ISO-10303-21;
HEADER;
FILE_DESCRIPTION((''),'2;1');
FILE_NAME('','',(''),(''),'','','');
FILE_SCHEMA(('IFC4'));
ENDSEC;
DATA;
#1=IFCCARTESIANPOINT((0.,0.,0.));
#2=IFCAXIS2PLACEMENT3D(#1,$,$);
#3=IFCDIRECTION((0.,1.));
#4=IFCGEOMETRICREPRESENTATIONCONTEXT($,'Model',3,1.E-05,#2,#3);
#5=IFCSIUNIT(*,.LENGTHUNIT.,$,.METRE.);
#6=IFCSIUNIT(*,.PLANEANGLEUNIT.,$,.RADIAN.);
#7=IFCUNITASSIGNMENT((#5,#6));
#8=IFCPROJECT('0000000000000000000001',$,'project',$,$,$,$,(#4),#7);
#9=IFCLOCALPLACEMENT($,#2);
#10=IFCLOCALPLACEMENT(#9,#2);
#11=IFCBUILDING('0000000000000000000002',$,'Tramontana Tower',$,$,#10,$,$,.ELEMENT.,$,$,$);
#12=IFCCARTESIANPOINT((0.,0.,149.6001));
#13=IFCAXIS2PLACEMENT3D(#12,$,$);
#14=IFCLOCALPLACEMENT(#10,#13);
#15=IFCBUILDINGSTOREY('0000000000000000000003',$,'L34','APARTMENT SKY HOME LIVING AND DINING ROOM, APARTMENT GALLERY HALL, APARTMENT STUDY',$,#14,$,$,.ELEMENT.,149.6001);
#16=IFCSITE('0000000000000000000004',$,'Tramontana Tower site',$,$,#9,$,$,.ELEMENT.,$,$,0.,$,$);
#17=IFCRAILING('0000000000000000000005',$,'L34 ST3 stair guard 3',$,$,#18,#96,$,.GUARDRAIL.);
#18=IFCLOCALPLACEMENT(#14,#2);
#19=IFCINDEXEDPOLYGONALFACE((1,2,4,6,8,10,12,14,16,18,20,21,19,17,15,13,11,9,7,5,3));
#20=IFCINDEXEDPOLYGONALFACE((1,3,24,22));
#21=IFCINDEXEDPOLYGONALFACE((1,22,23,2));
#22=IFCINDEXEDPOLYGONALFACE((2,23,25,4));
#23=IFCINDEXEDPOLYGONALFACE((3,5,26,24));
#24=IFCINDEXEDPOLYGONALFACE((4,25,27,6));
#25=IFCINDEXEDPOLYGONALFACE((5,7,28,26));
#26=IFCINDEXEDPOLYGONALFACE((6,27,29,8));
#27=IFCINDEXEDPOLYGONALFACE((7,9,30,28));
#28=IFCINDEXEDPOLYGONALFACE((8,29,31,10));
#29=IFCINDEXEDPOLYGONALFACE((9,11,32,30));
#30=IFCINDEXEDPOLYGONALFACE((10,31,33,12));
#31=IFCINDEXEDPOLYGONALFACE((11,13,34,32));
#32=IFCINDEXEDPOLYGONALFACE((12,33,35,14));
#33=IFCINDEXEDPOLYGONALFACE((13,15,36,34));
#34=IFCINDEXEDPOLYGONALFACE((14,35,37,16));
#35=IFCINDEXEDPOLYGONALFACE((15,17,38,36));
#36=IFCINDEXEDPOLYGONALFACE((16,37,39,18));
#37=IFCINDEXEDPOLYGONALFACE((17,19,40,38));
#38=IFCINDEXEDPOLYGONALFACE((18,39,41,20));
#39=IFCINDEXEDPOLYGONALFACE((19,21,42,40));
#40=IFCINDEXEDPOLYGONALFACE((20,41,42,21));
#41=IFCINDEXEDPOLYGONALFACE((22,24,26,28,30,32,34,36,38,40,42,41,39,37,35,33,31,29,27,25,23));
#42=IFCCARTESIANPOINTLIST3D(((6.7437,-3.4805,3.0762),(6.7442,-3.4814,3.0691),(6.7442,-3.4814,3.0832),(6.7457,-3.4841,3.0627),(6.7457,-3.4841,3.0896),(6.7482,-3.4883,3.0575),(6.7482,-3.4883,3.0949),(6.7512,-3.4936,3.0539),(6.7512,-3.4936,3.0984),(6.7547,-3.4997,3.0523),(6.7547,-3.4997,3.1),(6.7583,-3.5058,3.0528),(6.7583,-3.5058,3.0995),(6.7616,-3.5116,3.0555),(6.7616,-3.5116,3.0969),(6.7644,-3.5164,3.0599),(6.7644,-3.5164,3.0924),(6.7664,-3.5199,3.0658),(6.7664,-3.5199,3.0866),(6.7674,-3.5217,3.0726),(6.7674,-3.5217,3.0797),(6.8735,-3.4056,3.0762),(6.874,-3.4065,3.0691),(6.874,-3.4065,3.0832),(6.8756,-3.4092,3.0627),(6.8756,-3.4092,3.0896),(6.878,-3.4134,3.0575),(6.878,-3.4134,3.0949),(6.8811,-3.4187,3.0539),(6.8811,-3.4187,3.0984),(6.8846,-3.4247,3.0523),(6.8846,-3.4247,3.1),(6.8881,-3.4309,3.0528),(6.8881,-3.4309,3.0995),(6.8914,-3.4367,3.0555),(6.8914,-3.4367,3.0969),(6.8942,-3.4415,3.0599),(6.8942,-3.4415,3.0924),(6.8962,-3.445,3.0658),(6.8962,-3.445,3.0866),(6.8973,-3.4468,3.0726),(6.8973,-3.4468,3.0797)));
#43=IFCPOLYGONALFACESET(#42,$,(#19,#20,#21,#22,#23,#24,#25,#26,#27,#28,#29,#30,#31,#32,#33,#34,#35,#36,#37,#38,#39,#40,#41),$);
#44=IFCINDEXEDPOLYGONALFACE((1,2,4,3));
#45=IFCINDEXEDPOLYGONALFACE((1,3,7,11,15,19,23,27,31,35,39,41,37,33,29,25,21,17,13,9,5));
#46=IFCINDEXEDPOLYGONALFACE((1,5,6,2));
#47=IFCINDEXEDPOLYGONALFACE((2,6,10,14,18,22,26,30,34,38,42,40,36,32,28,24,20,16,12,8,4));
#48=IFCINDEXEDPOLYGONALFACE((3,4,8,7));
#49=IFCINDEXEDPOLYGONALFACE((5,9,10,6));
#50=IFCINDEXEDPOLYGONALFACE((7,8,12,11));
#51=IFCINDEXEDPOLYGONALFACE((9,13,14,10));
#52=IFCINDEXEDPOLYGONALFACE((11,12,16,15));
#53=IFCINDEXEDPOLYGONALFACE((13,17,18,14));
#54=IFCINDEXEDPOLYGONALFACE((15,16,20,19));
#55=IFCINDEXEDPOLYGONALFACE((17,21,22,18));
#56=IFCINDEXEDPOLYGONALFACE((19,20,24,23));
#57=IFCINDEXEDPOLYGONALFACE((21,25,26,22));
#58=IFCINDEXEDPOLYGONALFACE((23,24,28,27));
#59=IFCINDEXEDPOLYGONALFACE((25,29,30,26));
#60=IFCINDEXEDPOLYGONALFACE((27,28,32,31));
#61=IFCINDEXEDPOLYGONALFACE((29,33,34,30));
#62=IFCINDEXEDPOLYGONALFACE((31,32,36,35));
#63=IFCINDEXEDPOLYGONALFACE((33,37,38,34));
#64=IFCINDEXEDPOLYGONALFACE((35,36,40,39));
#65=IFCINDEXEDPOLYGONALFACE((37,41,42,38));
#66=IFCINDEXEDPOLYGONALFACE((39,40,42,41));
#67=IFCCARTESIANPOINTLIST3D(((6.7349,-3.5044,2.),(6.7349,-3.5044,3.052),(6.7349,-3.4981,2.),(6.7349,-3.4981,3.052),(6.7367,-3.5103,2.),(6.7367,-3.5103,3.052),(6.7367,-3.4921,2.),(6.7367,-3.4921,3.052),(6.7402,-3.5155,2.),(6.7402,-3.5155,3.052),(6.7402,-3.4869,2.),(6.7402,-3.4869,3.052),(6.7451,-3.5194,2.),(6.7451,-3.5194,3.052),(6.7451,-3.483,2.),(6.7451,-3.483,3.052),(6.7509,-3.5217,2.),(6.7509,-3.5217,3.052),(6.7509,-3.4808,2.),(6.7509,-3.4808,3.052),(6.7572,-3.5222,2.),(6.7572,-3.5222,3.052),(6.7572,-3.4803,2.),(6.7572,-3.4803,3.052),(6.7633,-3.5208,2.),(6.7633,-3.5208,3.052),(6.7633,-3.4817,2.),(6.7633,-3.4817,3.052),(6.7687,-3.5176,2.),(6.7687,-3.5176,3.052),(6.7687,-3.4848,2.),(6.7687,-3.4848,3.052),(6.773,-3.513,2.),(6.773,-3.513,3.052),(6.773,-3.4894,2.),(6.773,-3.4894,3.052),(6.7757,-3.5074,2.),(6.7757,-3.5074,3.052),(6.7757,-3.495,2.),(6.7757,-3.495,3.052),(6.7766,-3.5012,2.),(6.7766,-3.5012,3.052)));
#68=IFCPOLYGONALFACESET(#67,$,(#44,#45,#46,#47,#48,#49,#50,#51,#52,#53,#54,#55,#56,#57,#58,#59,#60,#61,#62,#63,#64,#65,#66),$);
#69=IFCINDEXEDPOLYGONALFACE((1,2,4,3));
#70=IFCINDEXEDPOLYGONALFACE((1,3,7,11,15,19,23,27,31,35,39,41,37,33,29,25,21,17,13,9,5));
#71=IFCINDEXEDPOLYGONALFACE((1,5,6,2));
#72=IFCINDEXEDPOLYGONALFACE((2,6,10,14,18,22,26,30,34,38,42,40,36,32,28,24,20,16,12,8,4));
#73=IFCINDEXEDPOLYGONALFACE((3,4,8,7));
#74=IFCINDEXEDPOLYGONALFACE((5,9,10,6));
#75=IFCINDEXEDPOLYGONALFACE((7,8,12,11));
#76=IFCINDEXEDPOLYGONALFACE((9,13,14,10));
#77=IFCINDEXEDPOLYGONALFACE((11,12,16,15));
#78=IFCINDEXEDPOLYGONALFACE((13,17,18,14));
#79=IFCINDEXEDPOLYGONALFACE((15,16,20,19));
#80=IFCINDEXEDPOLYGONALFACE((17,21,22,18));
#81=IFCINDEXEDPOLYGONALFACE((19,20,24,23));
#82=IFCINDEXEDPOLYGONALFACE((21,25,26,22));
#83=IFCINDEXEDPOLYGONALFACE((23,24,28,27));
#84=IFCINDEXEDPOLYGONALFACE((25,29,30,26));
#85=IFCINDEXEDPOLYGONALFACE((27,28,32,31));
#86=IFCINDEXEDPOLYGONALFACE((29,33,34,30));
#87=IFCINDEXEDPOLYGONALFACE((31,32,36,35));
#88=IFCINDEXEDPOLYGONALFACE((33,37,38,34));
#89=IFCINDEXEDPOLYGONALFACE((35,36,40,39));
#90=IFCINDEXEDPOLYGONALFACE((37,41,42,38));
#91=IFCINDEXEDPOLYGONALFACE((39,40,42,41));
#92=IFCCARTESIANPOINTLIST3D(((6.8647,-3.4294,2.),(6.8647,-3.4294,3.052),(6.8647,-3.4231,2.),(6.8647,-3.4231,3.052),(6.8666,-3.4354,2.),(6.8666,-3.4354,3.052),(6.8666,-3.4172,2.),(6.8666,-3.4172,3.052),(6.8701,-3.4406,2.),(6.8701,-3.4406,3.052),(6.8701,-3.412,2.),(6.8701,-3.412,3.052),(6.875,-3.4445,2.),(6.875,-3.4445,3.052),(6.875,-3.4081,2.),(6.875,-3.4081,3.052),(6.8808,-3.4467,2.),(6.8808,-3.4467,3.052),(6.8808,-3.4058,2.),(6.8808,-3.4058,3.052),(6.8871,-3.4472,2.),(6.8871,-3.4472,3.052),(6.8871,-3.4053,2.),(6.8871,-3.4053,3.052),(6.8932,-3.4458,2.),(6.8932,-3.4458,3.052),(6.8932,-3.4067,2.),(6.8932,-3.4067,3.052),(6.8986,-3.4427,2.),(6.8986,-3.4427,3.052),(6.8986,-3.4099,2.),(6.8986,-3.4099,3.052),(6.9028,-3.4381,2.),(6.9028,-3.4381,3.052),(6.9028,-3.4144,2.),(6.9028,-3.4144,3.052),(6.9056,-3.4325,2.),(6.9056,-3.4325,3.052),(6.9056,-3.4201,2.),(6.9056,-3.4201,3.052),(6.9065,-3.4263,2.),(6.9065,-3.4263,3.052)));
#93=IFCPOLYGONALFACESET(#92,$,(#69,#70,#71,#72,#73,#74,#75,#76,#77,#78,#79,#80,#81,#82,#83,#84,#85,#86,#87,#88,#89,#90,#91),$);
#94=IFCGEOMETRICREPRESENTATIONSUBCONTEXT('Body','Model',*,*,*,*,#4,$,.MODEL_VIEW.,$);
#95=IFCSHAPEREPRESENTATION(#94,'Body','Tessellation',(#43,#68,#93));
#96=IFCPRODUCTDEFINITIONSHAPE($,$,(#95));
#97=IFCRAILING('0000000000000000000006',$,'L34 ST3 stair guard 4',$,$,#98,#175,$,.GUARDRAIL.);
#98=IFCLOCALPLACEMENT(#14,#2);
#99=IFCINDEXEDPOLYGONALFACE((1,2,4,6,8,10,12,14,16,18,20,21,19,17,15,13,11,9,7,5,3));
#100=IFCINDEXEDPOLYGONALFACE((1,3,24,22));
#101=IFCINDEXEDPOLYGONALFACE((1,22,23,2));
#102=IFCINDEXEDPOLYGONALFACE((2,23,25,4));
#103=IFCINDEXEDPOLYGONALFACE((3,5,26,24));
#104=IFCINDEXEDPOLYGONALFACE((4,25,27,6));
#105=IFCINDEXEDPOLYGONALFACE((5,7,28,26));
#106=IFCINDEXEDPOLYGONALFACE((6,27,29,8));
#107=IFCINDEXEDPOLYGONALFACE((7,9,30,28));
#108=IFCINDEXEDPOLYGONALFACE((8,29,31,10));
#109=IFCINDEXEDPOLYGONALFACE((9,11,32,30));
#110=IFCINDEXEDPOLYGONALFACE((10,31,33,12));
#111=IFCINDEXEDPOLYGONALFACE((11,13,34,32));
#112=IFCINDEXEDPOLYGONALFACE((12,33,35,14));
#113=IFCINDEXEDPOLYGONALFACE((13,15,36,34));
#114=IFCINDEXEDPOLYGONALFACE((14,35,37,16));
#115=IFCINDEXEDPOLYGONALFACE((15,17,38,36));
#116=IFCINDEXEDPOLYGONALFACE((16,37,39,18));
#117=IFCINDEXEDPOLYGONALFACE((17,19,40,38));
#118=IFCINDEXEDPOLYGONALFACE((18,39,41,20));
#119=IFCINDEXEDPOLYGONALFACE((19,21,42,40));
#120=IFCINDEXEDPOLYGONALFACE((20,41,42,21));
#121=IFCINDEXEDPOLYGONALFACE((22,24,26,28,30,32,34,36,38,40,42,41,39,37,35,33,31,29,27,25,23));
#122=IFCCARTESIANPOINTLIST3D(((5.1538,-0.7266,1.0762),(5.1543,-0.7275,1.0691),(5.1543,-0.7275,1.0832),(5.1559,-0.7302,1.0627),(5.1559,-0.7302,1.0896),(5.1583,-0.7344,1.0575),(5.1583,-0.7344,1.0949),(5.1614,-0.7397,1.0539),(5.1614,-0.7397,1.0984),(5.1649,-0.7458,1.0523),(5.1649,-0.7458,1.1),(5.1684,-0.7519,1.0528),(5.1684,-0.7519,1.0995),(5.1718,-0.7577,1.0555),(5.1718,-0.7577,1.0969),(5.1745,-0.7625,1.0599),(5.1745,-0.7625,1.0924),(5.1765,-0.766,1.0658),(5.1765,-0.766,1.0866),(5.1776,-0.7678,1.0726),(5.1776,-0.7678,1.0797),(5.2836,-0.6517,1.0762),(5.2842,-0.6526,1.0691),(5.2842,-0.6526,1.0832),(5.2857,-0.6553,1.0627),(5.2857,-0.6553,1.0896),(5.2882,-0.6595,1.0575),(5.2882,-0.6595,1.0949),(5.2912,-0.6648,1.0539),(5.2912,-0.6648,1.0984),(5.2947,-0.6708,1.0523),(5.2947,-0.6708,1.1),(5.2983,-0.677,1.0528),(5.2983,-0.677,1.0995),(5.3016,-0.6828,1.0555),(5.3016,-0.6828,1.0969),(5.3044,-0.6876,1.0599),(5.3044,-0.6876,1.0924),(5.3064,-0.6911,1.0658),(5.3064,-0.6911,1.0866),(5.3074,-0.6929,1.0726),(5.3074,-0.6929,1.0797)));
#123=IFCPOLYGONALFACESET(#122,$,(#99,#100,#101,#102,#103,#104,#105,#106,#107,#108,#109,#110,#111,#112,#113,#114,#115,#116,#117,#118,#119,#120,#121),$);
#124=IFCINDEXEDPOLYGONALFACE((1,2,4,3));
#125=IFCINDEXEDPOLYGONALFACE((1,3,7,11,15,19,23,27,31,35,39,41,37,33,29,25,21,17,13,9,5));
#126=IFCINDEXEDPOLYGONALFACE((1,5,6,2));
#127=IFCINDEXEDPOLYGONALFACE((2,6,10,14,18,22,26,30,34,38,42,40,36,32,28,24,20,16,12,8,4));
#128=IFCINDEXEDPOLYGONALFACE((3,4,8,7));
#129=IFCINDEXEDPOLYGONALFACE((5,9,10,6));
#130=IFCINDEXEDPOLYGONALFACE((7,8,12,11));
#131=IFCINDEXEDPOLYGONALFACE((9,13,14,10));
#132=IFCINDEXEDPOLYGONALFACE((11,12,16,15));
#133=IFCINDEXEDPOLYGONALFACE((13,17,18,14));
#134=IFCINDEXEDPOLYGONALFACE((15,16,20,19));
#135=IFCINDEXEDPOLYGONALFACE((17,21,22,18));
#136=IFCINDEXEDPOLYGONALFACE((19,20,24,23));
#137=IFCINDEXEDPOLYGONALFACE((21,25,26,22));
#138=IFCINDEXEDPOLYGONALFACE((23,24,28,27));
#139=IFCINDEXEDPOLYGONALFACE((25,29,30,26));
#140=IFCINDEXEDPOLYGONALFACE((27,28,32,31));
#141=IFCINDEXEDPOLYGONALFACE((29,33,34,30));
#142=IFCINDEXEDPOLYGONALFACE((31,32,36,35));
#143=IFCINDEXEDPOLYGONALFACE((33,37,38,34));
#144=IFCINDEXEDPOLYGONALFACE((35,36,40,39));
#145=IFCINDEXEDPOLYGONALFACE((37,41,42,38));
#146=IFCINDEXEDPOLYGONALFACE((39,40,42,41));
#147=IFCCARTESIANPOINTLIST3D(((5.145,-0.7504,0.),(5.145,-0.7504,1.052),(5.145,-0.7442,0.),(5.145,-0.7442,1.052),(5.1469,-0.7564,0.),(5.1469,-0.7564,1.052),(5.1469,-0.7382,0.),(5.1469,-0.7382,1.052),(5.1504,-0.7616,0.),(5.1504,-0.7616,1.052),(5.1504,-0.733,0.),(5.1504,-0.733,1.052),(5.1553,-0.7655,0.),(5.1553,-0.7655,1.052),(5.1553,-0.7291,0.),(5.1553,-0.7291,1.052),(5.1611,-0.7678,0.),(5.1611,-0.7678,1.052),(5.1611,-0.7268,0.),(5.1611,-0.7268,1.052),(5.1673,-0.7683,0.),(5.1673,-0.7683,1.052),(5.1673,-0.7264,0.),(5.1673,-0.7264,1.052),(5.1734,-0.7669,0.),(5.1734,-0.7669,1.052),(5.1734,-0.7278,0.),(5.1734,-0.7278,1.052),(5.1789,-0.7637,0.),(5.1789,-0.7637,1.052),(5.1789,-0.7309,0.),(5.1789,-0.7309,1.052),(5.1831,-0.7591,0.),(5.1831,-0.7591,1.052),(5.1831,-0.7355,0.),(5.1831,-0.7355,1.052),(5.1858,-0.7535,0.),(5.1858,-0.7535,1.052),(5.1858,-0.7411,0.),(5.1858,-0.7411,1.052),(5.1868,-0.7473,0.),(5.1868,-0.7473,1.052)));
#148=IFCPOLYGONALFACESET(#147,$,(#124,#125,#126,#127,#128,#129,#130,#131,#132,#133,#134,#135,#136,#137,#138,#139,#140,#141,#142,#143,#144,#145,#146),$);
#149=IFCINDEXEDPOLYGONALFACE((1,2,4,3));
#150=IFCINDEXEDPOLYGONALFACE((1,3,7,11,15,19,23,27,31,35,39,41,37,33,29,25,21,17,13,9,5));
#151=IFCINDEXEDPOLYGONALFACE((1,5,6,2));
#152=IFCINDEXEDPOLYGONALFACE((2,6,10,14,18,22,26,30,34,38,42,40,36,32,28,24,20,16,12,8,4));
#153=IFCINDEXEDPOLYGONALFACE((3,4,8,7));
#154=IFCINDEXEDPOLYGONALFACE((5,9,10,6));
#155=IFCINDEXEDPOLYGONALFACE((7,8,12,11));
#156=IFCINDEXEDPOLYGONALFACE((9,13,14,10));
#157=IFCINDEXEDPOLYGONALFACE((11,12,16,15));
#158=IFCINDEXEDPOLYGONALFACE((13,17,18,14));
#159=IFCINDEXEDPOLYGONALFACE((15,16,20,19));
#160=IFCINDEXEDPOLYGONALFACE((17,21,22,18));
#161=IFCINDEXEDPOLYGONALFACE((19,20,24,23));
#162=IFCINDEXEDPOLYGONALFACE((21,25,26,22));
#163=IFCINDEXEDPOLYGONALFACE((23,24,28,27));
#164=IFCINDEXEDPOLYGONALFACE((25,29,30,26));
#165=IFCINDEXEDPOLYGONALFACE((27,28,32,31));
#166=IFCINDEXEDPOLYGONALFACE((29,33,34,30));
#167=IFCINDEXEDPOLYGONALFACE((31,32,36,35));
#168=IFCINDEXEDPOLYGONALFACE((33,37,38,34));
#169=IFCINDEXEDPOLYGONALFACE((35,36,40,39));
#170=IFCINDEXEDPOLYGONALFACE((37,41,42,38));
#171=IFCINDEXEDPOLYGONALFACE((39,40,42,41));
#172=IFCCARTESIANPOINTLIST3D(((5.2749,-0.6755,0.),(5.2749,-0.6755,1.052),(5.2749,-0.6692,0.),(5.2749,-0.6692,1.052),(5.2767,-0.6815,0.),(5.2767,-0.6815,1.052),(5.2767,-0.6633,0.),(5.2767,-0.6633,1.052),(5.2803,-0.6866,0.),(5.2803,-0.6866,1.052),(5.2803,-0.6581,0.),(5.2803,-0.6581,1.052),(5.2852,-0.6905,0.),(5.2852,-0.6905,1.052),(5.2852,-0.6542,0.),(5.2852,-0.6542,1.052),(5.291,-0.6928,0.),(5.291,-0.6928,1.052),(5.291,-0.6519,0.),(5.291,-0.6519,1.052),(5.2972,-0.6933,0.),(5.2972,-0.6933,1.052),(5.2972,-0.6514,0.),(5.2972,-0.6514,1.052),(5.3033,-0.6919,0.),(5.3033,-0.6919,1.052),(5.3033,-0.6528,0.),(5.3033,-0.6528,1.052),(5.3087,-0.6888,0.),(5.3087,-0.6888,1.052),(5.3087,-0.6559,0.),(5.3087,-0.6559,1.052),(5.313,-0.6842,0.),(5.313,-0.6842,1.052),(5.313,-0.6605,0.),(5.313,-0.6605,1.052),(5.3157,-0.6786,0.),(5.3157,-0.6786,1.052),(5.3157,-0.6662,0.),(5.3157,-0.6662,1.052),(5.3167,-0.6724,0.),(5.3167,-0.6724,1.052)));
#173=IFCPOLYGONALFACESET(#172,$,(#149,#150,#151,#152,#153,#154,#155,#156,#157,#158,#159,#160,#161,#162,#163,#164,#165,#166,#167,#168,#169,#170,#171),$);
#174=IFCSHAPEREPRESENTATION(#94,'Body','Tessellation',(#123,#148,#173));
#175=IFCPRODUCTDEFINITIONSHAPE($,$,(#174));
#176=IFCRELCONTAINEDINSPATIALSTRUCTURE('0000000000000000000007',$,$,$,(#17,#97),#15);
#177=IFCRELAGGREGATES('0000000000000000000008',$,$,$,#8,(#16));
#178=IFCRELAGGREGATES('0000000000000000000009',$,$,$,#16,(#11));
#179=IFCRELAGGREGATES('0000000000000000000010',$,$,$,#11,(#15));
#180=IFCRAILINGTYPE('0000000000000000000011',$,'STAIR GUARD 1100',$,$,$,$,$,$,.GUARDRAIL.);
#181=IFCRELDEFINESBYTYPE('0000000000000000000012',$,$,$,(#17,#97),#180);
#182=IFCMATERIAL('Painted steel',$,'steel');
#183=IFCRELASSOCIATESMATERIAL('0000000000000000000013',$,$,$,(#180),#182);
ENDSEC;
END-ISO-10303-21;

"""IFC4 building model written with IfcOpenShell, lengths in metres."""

from ifc_helpers import new_model, si_unit, direction, frame, origin, origin_2d, place, context, subcontext, project, spatial, circle, extrude, material, type_object, element, save


model = new_model("IFC4")

# Units and contexts
model_context = context("Model", 3, precision=1e-05, world=origin(), true_north=direction((0.0, 1.0)))
body_context = subcontext(model_context, "Body", "Model", "MODEL_VIEW")
ifc_project = project(units=[si_unit("LENGTHUNIT", "METRE"), si_unit("PLANEANGLEUNIT", "RADIAN")], contexts=[model_context])

# Site, building, storey
site_placement = place(None, origin())
site = spatial("IfcSite", under=ifc_project, at=site_placement, Name="Tramontana Tower site", CompositionType="ELEMENT", RefElevation=0.0)
building_placement = place(site_placement, origin())
building = spatial("IfcBuilding", under=site, at=building_placement, Name="Tramontana Tower", CompositionType="ELEMENT")
storey_placement = place(building_placement, frame((0.0, 0.0, 149.6001)))
storey = spatial("IfcBuildingStorey", under=building, at=storey_placement, Name="L34", Description="APARTMENT SKY HOME LIVING AND DINING ROOM, APARTMENT GALLERY HALL, APARTMENT STUDY", CompositionType="ELEMENT", Elevation=149.6001)

# Railings
ifc_material_1 = material(Name="Painted steel", Category="steel")
railing_type_1 = type_object("IfcRailingType", Name="STAIR GUARD 1100", PredefinedType="GUARDRAIL", material=ifc_material_1)
for number, where, name in (
    (1, (6.7556, -3.5012, 2.0), "L34 ST3 stair guard 3"),
    (2, (5.1658, -0.7473, 0.0), "L34 ST3 stair guard 4"),
):
    element("IfcRailing", number, at=place(storey_placement, frame(where)), inside=storey, type_object=railing_type_1, Name=name, PredefinedType="GUARDRAIL", context=body_context, shape_type="SweptSolid", body=[
        extrude(circle(Radius=0.0239, at=origin_2d()), frame((0.0, 0.0, 1.0762), z_axis=(0.866131, 0.499816, 0.0), x_axis=(-0.499816, 0.866131, 0.0)), (0.0, 0.0, 1.0), 0.1499),
        extrude(circle(Radius=0.021, at=origin_2d()), origin(), (0.0, 0.0, 1.0), 1.052),
        extrude(circle(Radius=0.021, at=origin_2d()), frame((0.1299, 0.075, 0.0)), (0.0, 0.0, 1.0), 1.052),
    ])

save(model, "model.ifc")
